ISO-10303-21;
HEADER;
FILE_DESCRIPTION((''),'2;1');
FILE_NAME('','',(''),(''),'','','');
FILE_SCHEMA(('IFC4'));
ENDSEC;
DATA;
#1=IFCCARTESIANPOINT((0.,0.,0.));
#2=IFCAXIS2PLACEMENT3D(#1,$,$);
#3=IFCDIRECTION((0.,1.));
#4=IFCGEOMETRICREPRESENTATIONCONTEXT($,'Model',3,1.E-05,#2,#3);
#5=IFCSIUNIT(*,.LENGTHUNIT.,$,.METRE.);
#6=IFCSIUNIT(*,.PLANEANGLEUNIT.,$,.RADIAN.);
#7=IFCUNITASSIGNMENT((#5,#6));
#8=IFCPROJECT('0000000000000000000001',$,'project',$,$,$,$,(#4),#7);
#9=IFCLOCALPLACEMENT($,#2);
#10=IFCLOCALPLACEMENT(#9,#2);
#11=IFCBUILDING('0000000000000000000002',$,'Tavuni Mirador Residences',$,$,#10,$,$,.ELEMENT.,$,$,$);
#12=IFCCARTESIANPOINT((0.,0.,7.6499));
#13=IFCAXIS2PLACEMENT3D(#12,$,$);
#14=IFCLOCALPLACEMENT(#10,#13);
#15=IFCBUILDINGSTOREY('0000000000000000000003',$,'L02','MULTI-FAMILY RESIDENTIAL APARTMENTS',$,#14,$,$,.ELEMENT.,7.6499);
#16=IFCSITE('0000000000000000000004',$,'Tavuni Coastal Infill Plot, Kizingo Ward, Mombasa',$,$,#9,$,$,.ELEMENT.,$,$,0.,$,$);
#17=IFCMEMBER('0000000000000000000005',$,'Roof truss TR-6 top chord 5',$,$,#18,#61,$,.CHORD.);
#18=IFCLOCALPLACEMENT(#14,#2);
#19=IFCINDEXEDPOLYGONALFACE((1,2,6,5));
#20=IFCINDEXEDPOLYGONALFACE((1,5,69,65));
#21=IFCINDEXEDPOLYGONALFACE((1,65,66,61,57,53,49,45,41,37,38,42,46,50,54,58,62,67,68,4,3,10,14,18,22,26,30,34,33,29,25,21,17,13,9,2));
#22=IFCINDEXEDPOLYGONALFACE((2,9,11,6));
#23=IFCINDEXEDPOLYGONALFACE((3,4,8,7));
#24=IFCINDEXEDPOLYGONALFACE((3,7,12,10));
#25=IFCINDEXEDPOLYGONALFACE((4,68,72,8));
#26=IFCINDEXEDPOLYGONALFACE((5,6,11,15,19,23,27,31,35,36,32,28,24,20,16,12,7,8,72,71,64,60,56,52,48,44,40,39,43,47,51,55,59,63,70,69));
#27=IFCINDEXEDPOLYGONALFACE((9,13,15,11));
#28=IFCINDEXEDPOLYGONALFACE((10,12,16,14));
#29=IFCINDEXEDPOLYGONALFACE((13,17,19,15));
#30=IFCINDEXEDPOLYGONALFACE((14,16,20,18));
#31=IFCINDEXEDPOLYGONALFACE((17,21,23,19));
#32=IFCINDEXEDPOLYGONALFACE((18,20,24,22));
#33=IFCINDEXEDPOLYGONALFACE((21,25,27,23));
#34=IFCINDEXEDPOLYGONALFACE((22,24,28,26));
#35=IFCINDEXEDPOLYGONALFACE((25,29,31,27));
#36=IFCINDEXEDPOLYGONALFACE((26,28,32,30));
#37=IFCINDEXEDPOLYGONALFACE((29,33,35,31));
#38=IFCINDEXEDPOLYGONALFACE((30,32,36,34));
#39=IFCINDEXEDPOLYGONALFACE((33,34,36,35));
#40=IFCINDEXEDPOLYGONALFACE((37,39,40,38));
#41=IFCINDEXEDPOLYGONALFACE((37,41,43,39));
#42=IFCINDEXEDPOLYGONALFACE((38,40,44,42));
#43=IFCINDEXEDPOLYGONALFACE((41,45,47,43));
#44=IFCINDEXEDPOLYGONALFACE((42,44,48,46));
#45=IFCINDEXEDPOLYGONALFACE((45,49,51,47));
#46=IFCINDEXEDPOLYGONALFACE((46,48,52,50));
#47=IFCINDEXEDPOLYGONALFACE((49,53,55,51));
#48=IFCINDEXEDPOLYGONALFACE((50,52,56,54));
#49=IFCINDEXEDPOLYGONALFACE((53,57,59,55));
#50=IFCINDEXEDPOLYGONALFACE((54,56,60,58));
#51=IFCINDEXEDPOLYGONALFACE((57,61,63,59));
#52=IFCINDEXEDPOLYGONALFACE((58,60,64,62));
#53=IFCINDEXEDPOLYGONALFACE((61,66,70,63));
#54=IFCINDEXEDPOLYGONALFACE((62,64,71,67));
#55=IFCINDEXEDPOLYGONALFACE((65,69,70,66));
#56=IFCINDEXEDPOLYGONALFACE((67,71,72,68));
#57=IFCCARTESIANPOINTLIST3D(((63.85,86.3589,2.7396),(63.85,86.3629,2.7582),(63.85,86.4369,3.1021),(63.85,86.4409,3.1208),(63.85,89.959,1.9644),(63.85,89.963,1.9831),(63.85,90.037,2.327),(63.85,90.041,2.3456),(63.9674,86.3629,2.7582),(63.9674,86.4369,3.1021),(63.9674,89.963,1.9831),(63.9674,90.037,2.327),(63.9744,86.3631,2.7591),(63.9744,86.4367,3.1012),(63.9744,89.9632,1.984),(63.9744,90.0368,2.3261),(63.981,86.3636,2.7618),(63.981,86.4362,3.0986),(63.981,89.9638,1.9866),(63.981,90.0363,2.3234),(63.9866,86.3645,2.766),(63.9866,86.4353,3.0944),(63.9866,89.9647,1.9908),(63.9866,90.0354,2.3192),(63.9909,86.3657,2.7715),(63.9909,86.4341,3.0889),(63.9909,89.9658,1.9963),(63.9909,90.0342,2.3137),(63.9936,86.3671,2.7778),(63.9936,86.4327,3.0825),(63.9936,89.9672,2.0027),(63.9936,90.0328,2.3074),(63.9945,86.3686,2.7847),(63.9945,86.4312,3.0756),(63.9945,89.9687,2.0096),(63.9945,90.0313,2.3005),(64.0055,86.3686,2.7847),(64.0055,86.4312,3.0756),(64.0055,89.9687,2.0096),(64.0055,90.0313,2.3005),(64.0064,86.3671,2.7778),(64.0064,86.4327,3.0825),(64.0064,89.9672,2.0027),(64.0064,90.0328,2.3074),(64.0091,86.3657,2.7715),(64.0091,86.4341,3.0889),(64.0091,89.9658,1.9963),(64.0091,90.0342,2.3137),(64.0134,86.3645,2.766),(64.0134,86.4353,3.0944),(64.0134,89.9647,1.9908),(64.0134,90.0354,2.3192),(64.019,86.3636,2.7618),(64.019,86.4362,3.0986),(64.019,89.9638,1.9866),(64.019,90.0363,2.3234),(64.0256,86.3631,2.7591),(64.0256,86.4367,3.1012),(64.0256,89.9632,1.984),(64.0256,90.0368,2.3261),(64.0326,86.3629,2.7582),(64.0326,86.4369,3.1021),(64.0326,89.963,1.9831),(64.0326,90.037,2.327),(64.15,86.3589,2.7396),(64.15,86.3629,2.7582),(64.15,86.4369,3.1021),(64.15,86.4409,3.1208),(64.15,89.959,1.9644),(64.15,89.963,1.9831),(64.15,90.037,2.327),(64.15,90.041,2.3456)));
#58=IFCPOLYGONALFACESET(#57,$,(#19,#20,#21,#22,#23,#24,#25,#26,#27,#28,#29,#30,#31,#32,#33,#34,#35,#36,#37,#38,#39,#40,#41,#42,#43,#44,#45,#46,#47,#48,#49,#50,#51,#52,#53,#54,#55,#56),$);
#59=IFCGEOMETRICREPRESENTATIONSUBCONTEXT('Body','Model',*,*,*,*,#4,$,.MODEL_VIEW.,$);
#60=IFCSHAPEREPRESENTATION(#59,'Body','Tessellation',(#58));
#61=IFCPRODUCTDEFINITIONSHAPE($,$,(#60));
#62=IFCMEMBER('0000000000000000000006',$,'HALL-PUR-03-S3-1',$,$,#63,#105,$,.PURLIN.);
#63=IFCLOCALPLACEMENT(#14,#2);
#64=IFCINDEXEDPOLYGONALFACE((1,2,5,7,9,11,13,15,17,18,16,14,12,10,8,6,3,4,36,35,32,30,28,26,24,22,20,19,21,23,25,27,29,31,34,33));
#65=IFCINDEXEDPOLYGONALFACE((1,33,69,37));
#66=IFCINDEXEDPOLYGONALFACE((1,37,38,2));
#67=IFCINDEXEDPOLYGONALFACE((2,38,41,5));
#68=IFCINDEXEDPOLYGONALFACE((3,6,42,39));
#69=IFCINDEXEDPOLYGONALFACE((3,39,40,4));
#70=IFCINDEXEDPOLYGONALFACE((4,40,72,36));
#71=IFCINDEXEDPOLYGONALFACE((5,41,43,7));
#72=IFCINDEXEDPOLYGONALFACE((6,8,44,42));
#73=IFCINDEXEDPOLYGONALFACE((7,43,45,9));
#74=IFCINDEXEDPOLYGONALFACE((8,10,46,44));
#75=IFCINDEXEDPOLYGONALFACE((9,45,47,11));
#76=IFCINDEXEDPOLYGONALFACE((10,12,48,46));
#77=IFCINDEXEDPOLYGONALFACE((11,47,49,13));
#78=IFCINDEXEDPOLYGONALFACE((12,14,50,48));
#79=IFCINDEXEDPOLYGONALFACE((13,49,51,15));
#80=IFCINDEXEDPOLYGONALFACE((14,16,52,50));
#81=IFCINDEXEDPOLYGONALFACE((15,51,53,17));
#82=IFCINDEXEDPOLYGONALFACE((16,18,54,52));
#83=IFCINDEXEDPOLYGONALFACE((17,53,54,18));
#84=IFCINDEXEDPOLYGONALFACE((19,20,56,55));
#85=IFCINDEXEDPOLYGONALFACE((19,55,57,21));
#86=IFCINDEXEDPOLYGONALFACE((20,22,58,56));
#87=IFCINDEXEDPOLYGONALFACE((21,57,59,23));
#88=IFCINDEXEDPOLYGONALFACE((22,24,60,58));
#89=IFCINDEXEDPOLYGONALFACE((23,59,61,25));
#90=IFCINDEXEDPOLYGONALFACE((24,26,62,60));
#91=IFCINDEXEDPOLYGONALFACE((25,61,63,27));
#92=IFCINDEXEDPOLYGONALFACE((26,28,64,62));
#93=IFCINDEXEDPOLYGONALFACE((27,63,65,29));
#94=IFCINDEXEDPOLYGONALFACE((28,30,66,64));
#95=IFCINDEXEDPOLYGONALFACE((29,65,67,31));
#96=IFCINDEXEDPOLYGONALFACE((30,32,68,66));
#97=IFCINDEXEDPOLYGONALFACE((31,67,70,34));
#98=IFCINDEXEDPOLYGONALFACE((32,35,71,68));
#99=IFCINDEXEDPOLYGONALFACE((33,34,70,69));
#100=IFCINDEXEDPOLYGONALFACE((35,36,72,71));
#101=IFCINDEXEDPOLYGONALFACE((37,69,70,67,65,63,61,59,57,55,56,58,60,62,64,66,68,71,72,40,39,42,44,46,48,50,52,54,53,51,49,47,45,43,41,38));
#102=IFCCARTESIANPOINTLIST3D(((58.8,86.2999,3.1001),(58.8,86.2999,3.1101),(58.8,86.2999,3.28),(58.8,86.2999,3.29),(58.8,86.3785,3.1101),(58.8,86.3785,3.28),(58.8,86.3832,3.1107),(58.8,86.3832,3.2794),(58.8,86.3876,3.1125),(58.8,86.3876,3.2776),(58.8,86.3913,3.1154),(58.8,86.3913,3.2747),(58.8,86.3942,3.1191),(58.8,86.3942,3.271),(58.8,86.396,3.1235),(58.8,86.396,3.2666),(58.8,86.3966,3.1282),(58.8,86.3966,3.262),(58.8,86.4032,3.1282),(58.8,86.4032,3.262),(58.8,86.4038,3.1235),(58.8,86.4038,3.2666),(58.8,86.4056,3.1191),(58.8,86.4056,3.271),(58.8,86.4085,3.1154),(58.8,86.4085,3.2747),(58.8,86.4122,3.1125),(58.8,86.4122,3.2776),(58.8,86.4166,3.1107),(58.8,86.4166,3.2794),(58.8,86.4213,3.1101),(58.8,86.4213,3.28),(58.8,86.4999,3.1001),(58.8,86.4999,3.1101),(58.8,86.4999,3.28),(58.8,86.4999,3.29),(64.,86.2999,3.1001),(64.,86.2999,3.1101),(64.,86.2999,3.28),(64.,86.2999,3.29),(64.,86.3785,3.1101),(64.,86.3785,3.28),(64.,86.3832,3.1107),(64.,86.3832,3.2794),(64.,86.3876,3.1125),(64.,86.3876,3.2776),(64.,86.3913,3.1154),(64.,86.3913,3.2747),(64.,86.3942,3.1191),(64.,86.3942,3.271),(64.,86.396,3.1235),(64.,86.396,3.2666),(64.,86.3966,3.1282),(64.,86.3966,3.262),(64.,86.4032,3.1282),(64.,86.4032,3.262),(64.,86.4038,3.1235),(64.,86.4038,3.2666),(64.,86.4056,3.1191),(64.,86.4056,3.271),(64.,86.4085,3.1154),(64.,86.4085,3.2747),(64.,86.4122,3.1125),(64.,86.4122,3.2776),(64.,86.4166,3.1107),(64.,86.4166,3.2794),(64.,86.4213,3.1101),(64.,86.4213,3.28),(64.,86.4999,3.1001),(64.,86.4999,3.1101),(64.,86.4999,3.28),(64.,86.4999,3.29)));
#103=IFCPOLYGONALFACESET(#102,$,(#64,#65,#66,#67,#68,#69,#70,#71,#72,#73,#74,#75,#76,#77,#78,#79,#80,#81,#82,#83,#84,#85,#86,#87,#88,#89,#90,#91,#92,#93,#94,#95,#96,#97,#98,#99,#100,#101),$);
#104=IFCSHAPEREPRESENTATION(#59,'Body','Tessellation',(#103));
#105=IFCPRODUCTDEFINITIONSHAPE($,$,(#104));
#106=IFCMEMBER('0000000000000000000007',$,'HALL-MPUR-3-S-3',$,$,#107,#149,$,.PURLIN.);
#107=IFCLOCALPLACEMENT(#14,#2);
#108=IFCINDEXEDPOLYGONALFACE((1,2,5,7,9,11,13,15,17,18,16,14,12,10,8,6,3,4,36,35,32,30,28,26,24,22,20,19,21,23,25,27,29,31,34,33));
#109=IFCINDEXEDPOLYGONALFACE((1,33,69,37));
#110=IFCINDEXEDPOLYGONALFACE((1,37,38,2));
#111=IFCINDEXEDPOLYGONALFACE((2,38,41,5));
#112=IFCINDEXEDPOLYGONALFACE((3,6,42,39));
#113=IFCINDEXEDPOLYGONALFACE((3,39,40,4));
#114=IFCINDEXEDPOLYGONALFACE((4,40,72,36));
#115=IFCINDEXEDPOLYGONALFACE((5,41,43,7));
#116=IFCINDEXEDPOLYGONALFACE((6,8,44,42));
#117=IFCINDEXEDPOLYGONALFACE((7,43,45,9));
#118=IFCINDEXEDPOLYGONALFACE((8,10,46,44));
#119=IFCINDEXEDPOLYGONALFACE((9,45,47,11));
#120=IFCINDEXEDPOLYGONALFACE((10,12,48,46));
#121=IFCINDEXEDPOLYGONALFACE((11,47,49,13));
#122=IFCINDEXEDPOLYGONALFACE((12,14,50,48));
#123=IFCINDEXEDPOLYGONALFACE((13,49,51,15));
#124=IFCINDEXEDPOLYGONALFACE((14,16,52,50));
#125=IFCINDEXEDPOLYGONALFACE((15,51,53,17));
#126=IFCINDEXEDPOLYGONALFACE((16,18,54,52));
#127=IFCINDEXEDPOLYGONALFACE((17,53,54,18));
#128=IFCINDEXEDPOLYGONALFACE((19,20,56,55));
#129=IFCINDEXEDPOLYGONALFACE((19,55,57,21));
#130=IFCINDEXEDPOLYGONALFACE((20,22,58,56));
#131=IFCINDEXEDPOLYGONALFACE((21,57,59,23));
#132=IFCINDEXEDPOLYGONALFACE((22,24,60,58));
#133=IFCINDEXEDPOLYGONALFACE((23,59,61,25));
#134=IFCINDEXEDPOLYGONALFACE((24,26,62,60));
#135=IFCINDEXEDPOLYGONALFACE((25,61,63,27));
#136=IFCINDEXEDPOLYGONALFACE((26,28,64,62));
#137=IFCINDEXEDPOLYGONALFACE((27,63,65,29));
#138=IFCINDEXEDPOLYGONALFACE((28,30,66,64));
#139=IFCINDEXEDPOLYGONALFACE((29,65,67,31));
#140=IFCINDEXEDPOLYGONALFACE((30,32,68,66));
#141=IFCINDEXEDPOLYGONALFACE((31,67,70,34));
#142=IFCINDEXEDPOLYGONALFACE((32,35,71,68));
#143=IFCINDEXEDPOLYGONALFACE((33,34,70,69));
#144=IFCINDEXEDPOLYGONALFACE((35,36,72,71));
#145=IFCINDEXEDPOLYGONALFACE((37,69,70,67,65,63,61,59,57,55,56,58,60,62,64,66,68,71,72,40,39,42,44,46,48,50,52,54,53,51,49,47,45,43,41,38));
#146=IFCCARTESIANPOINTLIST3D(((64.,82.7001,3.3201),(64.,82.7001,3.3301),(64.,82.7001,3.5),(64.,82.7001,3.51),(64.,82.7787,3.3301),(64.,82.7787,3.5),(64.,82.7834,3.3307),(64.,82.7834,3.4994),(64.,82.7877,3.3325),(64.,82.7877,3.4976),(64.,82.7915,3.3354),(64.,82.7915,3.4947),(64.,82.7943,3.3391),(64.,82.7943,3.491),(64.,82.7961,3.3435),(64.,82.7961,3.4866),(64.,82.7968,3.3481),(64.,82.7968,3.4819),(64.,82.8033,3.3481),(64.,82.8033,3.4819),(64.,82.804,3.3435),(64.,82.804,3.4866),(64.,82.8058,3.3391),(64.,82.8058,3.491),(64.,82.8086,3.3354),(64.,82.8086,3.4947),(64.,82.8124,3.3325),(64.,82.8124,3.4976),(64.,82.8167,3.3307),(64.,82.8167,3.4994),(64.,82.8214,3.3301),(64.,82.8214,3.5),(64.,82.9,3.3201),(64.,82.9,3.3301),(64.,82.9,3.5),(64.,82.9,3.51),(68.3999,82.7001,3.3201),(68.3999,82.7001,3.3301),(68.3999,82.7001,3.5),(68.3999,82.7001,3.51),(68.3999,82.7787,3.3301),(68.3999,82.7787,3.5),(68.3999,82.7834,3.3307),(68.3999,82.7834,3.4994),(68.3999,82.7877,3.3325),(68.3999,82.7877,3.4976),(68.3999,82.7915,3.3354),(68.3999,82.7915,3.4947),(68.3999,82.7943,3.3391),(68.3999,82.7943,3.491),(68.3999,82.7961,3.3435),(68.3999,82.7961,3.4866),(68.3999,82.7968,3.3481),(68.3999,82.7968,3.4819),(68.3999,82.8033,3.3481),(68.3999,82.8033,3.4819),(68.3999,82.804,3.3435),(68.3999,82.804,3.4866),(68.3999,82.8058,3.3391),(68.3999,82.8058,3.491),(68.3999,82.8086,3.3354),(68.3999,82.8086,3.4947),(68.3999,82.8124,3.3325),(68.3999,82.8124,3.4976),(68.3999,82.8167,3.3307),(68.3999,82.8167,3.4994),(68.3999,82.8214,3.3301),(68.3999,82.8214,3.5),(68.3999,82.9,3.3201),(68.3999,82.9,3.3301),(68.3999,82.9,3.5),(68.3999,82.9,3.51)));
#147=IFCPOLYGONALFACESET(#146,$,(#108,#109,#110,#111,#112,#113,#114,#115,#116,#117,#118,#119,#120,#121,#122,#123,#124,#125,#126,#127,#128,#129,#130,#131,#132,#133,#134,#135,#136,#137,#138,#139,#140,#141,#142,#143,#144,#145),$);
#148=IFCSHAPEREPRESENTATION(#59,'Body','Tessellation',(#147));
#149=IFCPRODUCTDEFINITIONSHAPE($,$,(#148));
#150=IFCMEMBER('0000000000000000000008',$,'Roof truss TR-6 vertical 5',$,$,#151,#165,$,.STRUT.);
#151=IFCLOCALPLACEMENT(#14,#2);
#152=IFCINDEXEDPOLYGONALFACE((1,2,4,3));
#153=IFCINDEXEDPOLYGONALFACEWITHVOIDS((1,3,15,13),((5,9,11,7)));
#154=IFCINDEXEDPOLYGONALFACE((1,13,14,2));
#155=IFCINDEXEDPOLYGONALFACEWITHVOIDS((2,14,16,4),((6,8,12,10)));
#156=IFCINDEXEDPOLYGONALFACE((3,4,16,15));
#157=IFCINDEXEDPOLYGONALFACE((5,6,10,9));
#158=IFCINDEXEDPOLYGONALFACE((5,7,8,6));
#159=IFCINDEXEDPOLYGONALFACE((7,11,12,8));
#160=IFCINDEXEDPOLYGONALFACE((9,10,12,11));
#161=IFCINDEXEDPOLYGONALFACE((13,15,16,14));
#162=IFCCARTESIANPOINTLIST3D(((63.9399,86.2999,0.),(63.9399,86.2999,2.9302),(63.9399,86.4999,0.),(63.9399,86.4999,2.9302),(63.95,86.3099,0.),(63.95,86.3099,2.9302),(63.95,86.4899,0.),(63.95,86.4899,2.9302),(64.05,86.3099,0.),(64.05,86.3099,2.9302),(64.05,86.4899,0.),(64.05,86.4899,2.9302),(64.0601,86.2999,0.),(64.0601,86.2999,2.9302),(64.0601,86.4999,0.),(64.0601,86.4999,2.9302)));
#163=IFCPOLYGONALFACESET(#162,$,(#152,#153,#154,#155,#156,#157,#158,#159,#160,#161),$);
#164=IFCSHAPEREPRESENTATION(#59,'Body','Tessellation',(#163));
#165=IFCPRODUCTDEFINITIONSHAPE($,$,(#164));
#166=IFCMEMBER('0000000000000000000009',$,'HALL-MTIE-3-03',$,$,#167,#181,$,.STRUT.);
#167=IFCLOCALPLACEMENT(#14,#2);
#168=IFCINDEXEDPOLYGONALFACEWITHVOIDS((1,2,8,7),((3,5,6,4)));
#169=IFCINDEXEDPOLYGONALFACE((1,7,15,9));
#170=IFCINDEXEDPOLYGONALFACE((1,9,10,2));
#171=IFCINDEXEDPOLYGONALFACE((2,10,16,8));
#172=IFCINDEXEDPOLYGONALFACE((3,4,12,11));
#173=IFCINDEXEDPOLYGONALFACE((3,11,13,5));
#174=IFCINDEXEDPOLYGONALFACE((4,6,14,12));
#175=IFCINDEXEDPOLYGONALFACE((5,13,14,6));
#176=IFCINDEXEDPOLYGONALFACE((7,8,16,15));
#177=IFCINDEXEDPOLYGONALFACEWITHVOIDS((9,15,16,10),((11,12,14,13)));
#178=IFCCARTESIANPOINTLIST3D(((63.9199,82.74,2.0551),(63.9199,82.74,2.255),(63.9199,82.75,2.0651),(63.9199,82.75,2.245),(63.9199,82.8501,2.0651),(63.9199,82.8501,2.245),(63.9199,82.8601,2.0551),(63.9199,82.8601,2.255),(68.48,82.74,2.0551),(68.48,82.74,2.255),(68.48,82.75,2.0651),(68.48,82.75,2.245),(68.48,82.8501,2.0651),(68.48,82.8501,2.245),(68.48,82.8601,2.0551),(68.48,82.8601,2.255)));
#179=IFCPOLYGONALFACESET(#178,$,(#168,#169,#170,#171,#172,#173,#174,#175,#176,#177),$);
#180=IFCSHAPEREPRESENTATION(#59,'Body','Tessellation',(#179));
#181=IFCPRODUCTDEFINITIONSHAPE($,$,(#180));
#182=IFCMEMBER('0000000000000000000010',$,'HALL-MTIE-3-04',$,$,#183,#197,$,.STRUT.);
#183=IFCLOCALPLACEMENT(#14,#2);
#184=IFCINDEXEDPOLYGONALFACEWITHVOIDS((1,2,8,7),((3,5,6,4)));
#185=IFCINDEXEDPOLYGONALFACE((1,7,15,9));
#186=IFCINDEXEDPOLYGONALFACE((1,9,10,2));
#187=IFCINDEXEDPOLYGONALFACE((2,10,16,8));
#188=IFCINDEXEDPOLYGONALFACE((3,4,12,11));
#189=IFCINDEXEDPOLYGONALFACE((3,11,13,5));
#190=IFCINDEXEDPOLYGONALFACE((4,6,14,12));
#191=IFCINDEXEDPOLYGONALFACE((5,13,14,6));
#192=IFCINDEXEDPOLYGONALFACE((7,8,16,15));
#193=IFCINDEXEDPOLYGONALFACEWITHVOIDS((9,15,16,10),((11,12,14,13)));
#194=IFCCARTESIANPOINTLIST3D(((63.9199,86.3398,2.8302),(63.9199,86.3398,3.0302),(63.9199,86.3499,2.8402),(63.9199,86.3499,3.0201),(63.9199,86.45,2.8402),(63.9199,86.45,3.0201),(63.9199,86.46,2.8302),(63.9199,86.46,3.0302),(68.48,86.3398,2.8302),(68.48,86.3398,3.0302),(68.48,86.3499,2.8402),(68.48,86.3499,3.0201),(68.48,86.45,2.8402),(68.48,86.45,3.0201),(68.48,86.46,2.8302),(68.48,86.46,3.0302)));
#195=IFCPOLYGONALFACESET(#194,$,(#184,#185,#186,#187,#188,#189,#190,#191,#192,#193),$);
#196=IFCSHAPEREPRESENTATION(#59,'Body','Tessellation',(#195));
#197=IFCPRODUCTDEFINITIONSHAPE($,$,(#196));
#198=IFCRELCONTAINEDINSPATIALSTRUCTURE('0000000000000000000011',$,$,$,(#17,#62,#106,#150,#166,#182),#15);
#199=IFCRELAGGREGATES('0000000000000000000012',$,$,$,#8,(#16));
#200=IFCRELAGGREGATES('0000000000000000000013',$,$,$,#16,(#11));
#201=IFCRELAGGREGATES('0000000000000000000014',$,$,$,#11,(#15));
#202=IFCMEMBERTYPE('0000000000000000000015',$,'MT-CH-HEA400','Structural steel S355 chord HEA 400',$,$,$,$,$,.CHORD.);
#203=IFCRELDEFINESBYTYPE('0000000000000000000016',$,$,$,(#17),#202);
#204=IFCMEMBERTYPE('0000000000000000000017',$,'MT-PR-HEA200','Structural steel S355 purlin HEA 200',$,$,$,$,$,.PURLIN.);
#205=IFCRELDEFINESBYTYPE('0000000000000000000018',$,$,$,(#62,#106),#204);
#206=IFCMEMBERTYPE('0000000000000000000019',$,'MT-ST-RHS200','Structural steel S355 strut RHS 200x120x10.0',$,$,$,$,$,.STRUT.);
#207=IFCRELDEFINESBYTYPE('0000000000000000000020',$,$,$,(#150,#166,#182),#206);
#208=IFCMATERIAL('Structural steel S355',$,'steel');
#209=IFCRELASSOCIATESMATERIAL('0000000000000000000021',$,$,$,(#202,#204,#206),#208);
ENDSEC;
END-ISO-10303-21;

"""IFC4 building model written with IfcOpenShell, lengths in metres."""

from ifc_helpers import new_model, si_unit, direction, frame, origin, origin_2d, place, context, subcontext, project, spatial, hollow_rectangle, i_section, extrude, material, material_profile, profile_set, type_object, element, save


model = new_model("IFC4")

# Units and contexts
model_context = context("Model", 3, precision=1e-05, world=origin(), true_north=direction((0.0, 1.0)))
body_context = subcontext(model_context, "Body", "Model", "MODEL_VIEW")
ifc_project = project(units=[si_unit("LENGTHUNIT", "METRE"), si_unit("PLANEANGLEUNIT", "RADIAN")], contexts=[model_context])

# Site, building, storey
site_placement = place(None, origin())
site = spatial("IfcSite", under=ifc_project, at=site_placement, Name="Tavuni Coastal Infill Plot, Kizingo Ward, Mombasa", CompositionType="ELEMENT", RefElevation=0.0)
building_placement = place(site_placement, origin())
building = spatial("IfcBuilding", under=site, at=building_placement, Name="Tavuni Mirador Residences", CompositionType="ELEMENT")
storey_placement = place(building_placement, frame((0.0, 0.0, 7.6499)))
storey = spatial("IfcBuildingStorey", under=building, at=storey_placement, Name="L02", Description="MULTI-FAMILY RESIDENTIAL APARTMENTS", CompositionType="ELEMENT", Elevation=7.6499)

# Members
ifc_material_1 = material(Name="Structural steel S355", Category="steel")
ifc_material_profile_1 = material_profile(ifc_material_1, i_section(OverallWidth=0.3, OverallDepth=0.3899, WebThickness=0.011, FlangeThickness=0.019, FilletRadius=0.0271, at=origin_2d()), Name="HEA 400", Category="steel")
ifc_profile_set_1 = profile_set([ifc_material_profile_1], Name="Structural steel S355")
member_type_1 = type_object("IfcMemberType", Name="MT-CH-HEA400", Description="Structural steel S355 chord HEA 400", PredefinedType="CHORD", material=ifc_profile_set_1)
member_1_placement = place(storey_placement, frame((64.0, 86.3999, 2.9302), z_axis=(0.0, 0.977596, -0.210489), x_axis=(-1.0, 0.0, 0.0)))
element("IfcMember", 1, at=member_1_placement, inside=storey, type_object=member_type_1, Name="Roof truss TR-6 top chord 5", PredefinedType="CHORD", context=body_context, shape_type="SweptSolid", body=[
    extrude(i_section(OverallWidth=0.3, OverallDepth=0.3899, WebThickness=0.011, FlangeThickness=0.019, FilletRadius=0.0271, at=origin_2d()), origin(), (0.0, 0.0, 1.0), 3.6826),
])
ifc_material_profile_2 = material_profile(ifc_material_1, i_section(OverallWidth=0.2, OverallDepth=0.1899, WebThickness=0.0066, FlangeThickness=0.01, FilletRadius=0.0181, at=origin_2d()), Name="HEA 200", Category="steel")
ifc_profile_set_2 = profile_set([ifc_material_profile_2], Name="Structural steel S355")
member_type_2 = type_object("IfcMemberType", Name="MT-PR-HEA200", Description="Structural steel S355 purlin HEA 200", PredefinedType="PURLIN", material=ifc_profile_set_2)
member_2_placement = place(storey_placement, frame((58.8, 86.3999, 3.1951), z_axis=(1.0, 0.0, 0.0), x_axis=(0.0, 1.0, 0.0)))
element("IfcMember", 2, at=member_2_placement, inside=storey, type_object=member_type_2, Name="HALL-PUR-03-S3-1", PredefinedType="PURLIN", context=body_context, shape_type="SweptSolid", body=[
    extrude(i_section(OverallWidth=0.2, OverallDepth=0.1899, WebThickness=0.0066, FlangeThickness=0.01, FilletRadius=0.0181, at=origin_2d()), origin(), (0.0, 0.0, 1.0), 5.2),
])
member_3_placement = place(storey_placement, frame((64.0, 82.8, 3.415), z_axis=(1.0, 0.0, 0.0), x_axis=(0.0, 1.0, 0.0)))
element("IfcMember", 3, at=member_3_placement, inside=storey, type_object=member_type_2, Name="HALL-MPUR-3-S-3", PredefinedType="PURLIN", context=body_context, shape_type="SweptSolid", body=[
    extrude(i_section(OverallWidth=0.2, OverallDepth=0.1899, WebThickness=0.0066, FlangeThickness=0.01, FilletRadius=0.0181, at=origin_2d()), origin(), (0.0, 0.0, 1.0), 4.3999),
])
ifc_material_profile_3 = material_profile(ifc_material_1, hollow_rectangle(XDim=0.1201, YDim=0.2, WallThickness=0.01, at=origin_2d()), Name="RHS 200x120x10.0", Category="steel")
ifc_profile_set_3 = profile_set([ifc_material_profile_3], Name="Structural steel S355")
member_type_3 = type_object("IfcMemberType", Name="MT-ST-RHS200", Description="Structural steel S355 strut RHS 200x120x10.0", PredefinedType="STRUT", material=ifc_profile_set_3)
member_4_placement = place(storey_placement, frame((64.0, 86.3999, 0.0), z_axis=(0.0, 0.0, 1.0), x_axis=(1.0, 0.0, 0.0)))
element("IfcMember", 4, at=member_4_placement, inside=storey, type_object=member_type_3, Name="Roof truss TR-6 vertical 5", PredefinedType="STRUT", context=body_context, shape_type="SweptSolid", body=[
    extrude(hollow_rectangle(XDim=0.1201, YDim=0.2, WallThickness=0.01, at=origin_2d()), origin(), (0.0, 0.0, 1.0), 2.9302),
])
for number, where, z_axis, x_axis, name in (
    (5, (63.9199, 82.8, 2.155), (1.0, 0.0, 0.0), (0.0, 1.0, 0.0), "HALL-MTIE-3-03"),
    (6, (63.9199, 86.3999, 2.9302), (1.0, 0.0, 0.0), (0.0, 1.0, 0.0), "HALL-MTIE-3-04"),
):
    element("IfcMember", number, at=place(storey_placement, frame(where, z_axis=z_axis, x_axis=x_axis)), inside=storey, type_object=member_type_3, Name=name, PredefinedType="STRUT", context=body_context, shape_type="SweptSolid", body=[
        extrude(hollow_rectangle(XDim=0.1201, YDim=0.2, WallThickness=0.01, at=origin_2d()), origin(), (0.0, 0.0, 1.0), 4.5601),
    ])

save(model, "model.ifc")
